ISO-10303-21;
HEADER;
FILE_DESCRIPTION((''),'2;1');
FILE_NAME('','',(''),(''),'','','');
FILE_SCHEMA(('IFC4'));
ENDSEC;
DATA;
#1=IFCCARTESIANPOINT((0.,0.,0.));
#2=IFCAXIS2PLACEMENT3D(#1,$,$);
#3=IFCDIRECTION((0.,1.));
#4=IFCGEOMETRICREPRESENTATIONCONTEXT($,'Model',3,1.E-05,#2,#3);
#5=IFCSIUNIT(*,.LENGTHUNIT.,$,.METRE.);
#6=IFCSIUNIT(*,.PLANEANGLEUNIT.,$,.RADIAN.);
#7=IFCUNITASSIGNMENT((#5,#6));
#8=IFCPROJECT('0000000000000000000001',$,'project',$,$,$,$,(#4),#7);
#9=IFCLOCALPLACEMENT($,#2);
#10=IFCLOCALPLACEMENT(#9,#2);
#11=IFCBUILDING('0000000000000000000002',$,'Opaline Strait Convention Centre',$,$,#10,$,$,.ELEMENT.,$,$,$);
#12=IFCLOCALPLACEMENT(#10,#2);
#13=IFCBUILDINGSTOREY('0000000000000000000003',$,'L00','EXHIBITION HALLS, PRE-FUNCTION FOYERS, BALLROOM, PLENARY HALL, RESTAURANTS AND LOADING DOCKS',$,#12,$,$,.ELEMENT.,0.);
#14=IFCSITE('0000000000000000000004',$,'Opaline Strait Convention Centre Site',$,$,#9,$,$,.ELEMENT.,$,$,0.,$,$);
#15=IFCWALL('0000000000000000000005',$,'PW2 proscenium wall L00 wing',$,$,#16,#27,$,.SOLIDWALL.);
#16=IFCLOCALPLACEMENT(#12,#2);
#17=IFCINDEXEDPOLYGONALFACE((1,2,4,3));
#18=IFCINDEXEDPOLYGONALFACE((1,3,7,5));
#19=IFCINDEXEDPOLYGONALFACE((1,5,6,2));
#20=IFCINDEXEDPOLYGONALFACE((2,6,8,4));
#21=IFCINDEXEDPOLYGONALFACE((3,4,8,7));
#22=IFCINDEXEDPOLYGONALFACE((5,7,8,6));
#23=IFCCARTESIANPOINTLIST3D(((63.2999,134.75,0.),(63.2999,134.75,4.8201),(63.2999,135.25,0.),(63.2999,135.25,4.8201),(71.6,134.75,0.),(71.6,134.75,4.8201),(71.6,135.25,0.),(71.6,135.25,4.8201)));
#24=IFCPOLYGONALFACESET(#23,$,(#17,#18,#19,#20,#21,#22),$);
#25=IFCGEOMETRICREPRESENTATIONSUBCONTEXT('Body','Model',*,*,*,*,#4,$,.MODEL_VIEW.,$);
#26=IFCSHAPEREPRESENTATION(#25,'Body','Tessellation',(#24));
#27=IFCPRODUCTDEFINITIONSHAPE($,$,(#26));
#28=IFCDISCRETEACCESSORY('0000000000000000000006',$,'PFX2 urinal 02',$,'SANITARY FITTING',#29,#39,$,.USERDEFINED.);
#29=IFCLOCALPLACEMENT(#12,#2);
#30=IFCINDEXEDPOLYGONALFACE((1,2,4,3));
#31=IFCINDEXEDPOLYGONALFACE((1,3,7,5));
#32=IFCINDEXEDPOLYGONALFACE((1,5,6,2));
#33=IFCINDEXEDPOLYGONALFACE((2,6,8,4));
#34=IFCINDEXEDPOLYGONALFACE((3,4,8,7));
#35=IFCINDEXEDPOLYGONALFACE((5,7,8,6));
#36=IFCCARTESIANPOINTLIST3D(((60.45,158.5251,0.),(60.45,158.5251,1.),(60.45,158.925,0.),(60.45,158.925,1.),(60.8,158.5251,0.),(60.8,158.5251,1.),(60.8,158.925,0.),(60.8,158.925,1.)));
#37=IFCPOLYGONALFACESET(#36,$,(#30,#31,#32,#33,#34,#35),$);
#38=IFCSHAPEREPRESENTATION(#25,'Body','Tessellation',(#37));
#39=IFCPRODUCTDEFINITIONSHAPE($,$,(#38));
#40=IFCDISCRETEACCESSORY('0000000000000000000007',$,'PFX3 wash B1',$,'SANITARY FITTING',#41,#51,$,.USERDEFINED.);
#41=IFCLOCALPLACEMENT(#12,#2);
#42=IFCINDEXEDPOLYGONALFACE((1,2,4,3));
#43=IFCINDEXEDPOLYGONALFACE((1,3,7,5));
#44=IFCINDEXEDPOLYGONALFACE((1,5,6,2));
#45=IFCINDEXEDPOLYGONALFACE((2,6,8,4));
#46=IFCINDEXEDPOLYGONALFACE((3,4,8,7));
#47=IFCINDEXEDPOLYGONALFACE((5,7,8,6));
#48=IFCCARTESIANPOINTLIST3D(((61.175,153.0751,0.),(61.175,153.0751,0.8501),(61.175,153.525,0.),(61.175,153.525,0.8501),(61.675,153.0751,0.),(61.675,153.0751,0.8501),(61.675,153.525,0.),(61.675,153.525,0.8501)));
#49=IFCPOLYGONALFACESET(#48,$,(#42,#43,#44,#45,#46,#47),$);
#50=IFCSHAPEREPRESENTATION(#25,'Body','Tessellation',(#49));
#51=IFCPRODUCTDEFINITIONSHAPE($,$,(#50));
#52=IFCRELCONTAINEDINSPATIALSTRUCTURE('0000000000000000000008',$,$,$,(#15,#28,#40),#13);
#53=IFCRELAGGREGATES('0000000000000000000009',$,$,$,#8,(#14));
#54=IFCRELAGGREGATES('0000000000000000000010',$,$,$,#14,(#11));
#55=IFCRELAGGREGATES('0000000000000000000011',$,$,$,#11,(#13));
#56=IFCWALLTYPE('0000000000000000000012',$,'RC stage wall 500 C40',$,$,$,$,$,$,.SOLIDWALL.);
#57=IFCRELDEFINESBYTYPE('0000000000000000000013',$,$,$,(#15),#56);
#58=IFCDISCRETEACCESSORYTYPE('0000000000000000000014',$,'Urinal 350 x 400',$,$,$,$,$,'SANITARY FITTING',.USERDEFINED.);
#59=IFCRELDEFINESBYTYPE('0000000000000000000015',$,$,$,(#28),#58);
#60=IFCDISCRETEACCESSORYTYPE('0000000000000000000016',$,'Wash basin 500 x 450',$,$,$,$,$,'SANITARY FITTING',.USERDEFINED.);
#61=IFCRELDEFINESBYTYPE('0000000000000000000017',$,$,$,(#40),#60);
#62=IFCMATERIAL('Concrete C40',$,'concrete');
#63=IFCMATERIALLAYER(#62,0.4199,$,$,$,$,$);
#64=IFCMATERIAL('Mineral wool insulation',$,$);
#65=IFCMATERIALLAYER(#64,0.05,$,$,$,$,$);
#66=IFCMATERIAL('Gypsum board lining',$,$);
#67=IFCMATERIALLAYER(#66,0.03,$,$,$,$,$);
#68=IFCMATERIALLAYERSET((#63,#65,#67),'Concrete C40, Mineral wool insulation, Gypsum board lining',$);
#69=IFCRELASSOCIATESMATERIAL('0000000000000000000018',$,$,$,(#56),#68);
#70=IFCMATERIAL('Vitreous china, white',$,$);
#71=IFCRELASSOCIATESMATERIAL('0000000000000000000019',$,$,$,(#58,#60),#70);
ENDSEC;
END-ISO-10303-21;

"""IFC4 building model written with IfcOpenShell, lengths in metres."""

from ifc_helpers import new_model, si_unit, direction, frame, frame_2d, origin, origin_2d, place, context, subcontext, project, spatial, rectangle, extrude, material, layer, layer_set, type_object, element, save


model = new_model("IFC4")

# Units and contexts
model_context = context("Model", 3, precision=1e-05, world=origin(), true_north=direction((0.0, 1.0)))
body_context = subcontext(model_context, "Body", "Model", "MODEL_VIEW")
ifc_project = project(units=[si_unit("LENGTHUNIT", "METRE"), si_unit("PLANEANGLEUNIT", "RADIAN")], contexts=[model_context])

# Site, building, storey
site_placement = place(None, origin())
site = spatial("IfcSite", under=ifc_project, at=site_placement, Name="Opaline Strait Convention Centre Site", CompositionType="ELEMENT", RefElevation=0.0)
building_placement = place(site_placement, origin())
building = spatial("IfcBuilding", under=site, at=building_placement, Name="Opaline Strait Convention Centre", CompositionType="ELEMENT")
storey_placement = place(building_placement, origin())
storey = spatial("IfcBuildingStorey", under=building, at=storey_placement, Name="L00", Description="EXHIBITION HALLS, PRE-FUNCTION FOYERS, BALLROOM, PLENARY HALL, RESTAURANTS AND LOADING DOCKS", CompositionType="ELEMENT", Elevation=0.0)

# Shared definitions
ifc_material_1 = material(Name="Concrete C40", Category="concrete")

# Shared definitions
ifc_material_2 = material(Name="Mineral wool insulation")
ifc_material_3 = material(Name="Gypsum board lining")

# Wall
ifc_layer_1 = layer(ifc_material_1, 0.4199)
ifc_layer_2 = layer(ifc_material_2, 0.05)
ifc_layer_3 = layer(ifc_material_3, 0.03)
ifc_layer_set_1 = layer_set([ifc_layer_1, ifc_layer_2, ifc_layer_3], Name="Concrete C40, Mineral wool insulation, Gypsum board lining")
wall_type_1 = type_object("IfcWallType", Name="RC stage wall 500 C40", PredefinedType="SOLIDWALL", material=ifc_layer_set_1)
wall_1_placement = place(storey_placement, frame((63.3, 135.0, 0.0), z_axis=(0.0, 0.0, 1.0), x_axis=(1.0, 0.0, 0.0)))
element("IfcWall", 1, at=wall_1_placement, inside=storey, type_object=wall_type_1, Name="PW2 proscenium wall L00 wing", PredefinedType="SOLIDWALL", context=body_context, shape_type="SweptSolid", body=[
    extrude(rectangle(XDim=8.3, YDim=0.5, at=frame_2d((4.1499, 0.0))), origin(), (0.0, 0.0, 1.0), 4.8201),
])

# Discrete accessories
ifc_material_4 = material(Name="Vitreous china, white")
discrete_accessory_type_1 = type_object("IfcDiscreteAccessoryType", Name="Urinal 350 x 400", ElementType="SANITARY FITTING", PredefinedType="USERDEFINED", material=ifc_material_4)
discrete_accessory_1_placement = place(storey_placement, frame((60.625, 158.7251, 0.0), z_axis=(0.0, 0.0, 1.0), x_axis=(1.0, 0.0, 0.0)))
element("IfcDiscreteAccessory", 2, at=discrete_accessory_1_placement, inside=storey, type_object=discrete_accessory_type_1, Name="PFX2 urinal 02", ObjectType="SANITARY FITTING", PredefinedType="USERDEFINED", context=body_context, shape_type="SweptSolid", body=[
    extrude(rectangle(XDim=0.3501, YDim=0.3999, at=origin_2d()), origin(), (0.0, 0.0, 1.0), 1.0),
])
discrete_accessory_type_2 = type_object("IfcDiscreteAccessoryType", Name="Wash basin 500 x 450", ElementType="SANITARY FITTING", PredefinedType="USERDEFINED", material=ifc_material_4)
discrete_accessory_2_placement = place(storey_placement, frame((61.425, 153.3, 0.0), z_axis=(0.0, 0.0, 1.0), x_axis=(1.0, 0.0, 0.0)))
element("IfcDiscreteAccessory", 3, at=discrete_accessory_2_placement, inside=storey, type_object=discrete_accessory_type_2, Name="PFX3 wash B1", ObjectType="SANITARY FITTING", PredefinedType="USERDEFINED", context=body_context, shape_type="SweptSolid", body=[
    extrude(rectangle(XDim=0.5, YDim=0.45, at=origin_2d()), origin(), (0.0, 0.0, 1.0), 0.8501),
])

save(model, "model.ifc")
